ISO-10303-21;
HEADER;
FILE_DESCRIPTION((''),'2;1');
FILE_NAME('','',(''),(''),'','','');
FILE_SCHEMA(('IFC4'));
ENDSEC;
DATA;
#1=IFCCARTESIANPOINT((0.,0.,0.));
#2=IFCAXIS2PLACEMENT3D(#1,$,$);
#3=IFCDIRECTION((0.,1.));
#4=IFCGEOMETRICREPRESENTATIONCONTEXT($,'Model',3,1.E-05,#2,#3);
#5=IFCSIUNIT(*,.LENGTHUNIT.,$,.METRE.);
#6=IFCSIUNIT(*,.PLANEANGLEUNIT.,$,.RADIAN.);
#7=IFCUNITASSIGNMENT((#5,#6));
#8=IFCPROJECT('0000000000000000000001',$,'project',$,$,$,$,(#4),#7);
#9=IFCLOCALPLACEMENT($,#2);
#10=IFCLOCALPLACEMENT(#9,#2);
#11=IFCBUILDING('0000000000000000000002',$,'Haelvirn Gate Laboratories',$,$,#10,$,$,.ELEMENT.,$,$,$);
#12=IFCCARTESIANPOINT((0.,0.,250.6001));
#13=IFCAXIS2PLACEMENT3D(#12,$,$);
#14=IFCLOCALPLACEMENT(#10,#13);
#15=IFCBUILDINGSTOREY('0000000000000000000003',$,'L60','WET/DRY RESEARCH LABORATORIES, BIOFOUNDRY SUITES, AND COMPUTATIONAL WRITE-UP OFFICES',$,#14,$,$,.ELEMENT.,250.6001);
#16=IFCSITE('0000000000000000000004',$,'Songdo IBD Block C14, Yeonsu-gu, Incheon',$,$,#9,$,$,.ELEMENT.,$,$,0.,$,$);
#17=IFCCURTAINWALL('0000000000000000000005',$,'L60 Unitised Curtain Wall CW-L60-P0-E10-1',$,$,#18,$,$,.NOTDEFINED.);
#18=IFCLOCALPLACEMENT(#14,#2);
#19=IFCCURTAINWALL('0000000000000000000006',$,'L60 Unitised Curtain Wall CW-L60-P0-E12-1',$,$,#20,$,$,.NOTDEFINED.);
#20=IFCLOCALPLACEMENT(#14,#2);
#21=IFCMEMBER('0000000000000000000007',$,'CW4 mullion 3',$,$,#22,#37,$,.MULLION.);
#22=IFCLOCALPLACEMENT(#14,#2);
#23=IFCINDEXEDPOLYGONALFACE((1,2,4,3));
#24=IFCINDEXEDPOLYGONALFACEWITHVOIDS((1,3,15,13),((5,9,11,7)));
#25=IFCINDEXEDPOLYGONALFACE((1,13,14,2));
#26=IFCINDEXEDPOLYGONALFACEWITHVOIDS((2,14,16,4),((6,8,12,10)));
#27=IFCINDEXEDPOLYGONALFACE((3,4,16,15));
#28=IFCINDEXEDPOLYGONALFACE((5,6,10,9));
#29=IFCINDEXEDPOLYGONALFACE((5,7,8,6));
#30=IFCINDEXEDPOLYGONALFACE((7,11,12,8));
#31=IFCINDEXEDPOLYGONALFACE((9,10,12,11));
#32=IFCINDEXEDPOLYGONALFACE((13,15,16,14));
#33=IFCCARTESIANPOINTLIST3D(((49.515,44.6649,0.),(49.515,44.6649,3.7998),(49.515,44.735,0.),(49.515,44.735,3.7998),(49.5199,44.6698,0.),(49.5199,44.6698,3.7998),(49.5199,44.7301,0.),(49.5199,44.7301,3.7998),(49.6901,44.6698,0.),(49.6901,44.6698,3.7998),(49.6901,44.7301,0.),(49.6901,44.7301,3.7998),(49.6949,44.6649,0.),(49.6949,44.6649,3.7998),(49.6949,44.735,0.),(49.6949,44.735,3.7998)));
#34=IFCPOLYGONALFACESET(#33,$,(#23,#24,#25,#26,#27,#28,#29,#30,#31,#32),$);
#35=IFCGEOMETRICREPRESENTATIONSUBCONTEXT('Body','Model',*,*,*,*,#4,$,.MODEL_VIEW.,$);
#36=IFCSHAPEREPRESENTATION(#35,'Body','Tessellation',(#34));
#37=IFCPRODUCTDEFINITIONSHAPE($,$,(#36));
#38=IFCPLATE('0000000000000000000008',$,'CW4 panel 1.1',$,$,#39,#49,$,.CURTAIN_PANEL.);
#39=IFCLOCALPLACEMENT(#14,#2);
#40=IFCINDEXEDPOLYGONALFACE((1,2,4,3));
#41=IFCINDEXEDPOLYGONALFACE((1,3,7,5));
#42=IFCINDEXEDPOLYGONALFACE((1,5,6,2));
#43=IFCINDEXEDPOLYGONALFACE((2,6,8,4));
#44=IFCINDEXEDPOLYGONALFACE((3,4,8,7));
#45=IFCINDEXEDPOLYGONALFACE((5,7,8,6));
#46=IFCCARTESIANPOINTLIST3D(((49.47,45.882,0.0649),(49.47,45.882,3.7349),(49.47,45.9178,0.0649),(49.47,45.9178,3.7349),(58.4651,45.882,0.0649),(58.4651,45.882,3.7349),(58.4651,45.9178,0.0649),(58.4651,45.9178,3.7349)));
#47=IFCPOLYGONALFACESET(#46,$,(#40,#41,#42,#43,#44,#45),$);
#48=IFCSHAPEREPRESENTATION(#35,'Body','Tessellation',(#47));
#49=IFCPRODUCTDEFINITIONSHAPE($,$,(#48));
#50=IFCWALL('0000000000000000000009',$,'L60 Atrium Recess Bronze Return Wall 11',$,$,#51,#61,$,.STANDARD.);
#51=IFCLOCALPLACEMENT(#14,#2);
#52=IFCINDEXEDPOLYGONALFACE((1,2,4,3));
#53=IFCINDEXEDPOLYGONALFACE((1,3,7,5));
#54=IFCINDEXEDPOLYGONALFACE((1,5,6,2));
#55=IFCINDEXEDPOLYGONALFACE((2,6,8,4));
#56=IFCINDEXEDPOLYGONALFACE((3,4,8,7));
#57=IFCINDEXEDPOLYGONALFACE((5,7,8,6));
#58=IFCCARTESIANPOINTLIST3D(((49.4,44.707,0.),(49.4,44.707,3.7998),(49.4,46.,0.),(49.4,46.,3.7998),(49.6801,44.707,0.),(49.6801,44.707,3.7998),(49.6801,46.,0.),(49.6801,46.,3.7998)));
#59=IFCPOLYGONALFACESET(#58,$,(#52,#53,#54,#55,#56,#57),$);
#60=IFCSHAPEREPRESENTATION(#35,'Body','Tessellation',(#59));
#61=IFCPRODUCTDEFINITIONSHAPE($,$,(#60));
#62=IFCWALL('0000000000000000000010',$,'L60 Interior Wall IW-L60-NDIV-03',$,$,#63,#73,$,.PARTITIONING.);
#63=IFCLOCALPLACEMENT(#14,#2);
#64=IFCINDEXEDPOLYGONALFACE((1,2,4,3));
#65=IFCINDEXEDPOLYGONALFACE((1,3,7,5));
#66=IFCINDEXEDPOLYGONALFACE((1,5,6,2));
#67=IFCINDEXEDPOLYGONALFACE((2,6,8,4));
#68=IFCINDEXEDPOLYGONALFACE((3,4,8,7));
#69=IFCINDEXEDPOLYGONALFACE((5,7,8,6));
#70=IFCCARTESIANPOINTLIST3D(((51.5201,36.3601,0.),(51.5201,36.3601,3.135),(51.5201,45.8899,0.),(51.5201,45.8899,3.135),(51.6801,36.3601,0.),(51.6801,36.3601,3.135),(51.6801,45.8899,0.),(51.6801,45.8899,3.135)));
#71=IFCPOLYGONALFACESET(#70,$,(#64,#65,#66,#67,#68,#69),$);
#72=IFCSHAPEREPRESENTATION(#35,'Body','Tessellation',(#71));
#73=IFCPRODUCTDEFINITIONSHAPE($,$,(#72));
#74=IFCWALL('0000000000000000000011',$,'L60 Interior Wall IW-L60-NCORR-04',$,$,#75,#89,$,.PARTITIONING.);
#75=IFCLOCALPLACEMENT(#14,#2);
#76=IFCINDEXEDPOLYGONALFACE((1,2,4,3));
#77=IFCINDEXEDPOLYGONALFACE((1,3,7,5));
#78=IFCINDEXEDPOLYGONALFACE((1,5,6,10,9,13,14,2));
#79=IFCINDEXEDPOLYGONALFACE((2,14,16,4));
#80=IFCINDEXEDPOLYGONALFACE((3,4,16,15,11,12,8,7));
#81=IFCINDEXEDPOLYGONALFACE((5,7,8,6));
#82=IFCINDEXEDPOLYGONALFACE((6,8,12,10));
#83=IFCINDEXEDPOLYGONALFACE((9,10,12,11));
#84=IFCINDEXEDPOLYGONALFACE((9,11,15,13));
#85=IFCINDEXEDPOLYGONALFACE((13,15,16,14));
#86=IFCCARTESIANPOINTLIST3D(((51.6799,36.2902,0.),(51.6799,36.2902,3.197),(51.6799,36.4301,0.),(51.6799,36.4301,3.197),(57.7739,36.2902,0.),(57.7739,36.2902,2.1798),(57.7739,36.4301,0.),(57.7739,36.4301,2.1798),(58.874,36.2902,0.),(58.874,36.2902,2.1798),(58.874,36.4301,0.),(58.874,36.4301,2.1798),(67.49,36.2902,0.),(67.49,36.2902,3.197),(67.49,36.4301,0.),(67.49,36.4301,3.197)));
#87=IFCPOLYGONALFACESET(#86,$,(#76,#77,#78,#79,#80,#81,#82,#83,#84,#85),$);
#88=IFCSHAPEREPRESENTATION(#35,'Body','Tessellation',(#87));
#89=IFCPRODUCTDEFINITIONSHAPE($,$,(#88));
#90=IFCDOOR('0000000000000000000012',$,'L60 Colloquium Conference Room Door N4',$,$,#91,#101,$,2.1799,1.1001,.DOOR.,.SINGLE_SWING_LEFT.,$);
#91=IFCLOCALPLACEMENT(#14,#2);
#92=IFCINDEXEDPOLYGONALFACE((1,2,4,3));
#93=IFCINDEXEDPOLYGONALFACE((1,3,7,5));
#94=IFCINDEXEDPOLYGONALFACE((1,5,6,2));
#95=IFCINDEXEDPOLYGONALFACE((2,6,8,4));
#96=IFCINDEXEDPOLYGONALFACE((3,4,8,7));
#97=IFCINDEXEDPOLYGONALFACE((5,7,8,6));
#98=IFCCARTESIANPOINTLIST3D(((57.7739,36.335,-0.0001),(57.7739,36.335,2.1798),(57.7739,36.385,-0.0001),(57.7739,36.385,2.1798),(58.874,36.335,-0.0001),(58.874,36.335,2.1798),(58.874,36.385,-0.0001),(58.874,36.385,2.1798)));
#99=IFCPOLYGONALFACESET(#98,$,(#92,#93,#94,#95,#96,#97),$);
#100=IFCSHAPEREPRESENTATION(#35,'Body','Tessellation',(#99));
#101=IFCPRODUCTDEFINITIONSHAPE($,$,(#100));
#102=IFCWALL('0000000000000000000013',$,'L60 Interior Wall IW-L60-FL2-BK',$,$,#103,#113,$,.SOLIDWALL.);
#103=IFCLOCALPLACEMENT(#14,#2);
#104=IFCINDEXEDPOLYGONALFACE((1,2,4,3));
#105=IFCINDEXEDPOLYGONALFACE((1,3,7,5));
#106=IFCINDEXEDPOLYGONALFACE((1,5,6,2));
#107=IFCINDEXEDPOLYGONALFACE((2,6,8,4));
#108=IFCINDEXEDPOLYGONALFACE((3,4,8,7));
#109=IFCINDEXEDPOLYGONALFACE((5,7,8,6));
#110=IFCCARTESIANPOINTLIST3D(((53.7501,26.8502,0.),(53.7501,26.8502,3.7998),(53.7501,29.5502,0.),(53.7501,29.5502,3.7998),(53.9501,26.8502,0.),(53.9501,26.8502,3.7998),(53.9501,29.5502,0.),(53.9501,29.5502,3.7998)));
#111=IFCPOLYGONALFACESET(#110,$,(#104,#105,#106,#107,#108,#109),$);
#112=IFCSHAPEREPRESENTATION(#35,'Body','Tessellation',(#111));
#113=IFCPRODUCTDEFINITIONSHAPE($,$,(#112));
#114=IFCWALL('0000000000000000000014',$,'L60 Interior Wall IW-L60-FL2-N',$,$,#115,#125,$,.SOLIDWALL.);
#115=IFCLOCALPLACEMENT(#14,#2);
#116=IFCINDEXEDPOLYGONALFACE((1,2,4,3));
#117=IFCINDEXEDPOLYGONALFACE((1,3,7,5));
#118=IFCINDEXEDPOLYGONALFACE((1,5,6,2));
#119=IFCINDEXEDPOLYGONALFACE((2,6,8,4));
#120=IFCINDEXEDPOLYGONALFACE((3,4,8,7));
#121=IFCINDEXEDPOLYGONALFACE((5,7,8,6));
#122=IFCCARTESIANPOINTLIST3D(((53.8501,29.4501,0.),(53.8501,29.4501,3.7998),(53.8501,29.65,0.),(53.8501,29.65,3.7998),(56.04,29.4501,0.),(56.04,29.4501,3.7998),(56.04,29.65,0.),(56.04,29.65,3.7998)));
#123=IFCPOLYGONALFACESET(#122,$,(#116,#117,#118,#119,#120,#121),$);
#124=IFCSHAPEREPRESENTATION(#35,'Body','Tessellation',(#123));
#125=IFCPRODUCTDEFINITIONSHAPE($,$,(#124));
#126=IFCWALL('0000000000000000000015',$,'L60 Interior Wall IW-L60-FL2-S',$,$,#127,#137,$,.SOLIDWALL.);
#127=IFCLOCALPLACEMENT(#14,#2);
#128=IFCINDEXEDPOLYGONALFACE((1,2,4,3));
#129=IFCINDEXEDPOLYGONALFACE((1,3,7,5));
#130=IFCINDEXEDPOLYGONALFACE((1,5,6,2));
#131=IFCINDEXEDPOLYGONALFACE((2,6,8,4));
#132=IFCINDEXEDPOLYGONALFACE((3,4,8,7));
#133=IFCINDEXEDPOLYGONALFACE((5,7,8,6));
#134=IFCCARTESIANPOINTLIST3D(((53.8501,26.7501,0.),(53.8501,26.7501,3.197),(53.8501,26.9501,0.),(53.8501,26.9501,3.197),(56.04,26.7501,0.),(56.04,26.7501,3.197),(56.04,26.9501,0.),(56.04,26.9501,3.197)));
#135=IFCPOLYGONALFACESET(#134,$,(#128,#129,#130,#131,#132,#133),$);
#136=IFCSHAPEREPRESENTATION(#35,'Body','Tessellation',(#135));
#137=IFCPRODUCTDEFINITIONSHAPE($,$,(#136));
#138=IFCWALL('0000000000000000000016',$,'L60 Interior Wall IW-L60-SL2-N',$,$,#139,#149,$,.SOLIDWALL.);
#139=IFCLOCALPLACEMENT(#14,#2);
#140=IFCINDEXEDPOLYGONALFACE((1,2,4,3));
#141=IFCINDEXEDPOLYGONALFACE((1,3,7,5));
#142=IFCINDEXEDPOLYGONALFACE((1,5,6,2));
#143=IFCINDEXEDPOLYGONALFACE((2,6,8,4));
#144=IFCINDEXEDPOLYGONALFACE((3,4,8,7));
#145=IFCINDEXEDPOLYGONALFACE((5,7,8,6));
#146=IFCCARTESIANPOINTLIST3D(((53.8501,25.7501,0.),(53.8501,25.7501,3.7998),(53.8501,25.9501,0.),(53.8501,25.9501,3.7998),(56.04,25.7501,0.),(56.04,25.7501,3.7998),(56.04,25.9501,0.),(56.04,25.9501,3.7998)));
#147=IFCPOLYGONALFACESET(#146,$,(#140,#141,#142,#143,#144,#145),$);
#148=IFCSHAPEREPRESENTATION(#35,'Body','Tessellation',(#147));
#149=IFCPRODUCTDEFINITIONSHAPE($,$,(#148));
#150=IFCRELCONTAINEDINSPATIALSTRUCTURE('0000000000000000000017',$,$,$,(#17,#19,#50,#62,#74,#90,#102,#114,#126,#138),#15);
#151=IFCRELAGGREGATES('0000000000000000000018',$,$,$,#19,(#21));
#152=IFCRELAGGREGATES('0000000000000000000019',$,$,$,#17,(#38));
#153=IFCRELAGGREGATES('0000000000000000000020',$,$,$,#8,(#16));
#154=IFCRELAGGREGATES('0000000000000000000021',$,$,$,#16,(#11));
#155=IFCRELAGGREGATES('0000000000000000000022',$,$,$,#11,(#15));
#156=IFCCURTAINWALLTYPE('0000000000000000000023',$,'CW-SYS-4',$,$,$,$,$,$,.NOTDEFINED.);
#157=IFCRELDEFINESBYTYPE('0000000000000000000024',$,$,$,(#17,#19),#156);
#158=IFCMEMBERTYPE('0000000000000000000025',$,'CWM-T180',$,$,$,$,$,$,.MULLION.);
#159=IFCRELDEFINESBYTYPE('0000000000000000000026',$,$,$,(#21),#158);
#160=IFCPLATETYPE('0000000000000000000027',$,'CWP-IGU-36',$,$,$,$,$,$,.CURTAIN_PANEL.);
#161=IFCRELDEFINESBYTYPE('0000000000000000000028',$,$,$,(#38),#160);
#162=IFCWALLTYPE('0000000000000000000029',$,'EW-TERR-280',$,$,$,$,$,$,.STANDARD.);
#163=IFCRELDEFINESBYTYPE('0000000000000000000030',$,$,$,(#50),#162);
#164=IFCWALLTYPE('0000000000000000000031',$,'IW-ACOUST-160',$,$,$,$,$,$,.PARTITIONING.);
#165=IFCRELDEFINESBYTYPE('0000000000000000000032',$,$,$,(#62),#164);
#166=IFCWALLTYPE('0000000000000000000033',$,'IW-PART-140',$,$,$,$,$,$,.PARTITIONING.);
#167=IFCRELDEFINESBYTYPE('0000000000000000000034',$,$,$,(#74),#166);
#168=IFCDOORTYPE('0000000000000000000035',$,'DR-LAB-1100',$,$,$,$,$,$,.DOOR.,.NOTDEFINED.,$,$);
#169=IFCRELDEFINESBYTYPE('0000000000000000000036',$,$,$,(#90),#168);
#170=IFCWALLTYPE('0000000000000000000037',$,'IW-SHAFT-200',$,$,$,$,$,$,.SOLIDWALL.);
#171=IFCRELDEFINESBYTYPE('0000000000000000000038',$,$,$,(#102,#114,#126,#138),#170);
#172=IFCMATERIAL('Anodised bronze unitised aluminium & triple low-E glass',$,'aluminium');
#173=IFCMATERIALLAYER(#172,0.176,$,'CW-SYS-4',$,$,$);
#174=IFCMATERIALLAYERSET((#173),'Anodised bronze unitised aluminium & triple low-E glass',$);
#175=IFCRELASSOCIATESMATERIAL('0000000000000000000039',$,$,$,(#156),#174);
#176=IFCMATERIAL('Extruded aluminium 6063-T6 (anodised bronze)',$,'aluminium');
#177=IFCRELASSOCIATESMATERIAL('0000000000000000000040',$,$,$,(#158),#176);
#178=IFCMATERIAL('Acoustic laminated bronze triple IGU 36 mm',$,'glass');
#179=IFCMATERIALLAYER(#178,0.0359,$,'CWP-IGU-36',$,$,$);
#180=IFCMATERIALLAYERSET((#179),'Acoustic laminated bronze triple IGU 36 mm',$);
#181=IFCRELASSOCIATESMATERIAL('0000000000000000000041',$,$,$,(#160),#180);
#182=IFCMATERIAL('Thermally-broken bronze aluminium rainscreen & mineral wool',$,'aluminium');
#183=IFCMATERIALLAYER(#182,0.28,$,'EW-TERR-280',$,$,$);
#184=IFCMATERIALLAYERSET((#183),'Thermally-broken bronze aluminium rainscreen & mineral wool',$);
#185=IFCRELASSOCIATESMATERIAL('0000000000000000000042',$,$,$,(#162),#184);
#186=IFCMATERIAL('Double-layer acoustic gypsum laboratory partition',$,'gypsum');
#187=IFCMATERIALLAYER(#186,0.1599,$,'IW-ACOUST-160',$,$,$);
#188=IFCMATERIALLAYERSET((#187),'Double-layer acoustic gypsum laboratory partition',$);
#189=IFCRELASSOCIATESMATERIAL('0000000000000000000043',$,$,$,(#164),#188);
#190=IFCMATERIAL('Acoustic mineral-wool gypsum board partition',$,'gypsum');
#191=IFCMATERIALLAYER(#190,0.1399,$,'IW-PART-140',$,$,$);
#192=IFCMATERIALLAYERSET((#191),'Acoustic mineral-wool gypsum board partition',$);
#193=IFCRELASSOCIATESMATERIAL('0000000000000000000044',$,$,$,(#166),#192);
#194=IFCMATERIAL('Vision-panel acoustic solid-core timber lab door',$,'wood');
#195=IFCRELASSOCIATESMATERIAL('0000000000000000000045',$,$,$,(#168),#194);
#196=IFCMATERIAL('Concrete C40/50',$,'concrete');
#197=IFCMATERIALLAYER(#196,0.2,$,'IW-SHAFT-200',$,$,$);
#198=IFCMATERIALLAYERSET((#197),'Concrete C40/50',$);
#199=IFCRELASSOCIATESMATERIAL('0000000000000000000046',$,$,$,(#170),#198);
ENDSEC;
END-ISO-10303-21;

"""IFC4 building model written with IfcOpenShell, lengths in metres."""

from ifc_helpers import new_model, si_unit, direction, frame, frame_2d, origin, origin_2d, place, context, subcontext, project, spatial, rectangle, hollow_rectangle, extrude, source, transform, mapped, material, layer, layer_set, material_profile, profile_set, type_object, type_shapes, element, fill, aggregate, save


model = new_model("IFC4")

# Units and contexts
model_context = context("Model", 3, precision=1e-05, world=origin(), true_north=direction((0.0, 1.0)))
body_context = subcontext(model_context, "Body", "Model", "MODEL_VIEW")
ifc_project = project(units=[si_unit("LENGTHUNIT", "METRE"), si_unit("PLANEANGLEUNIT", "RADIAN")], contexts=[model_context])

# Site, building, storey
site_placement = place(None, origin())
site = spatial("IfcSite", under=ifc_project, at=site_placement, Name="Songdo IBD Block C14, Yeonsu-gu, Incheon", CompositionType="ELEMENT", RefElevation=0.0)
building_placement = place(site_placement, origin())
building = spatial("IfcBuilding", under=site, at=building_placement, Name="Haelvirn Gate Laboratories", CompositionType="ELEMENT")
storey_placement = place(building_placement, frame((0.0, 0.0, 250.6001)))
storey = spatial("IfcBuildingStorey", under=building, at=storey_placement, Name="L60", Description="WET/DRY RESEARCH LABORATORIES, BIOFOUNDRY SUITES, AND COMPUTATIONAL WRITE-UP OFFICES", CompositionType="ELEMENT", Elevation=250.6001)

# Curtain wall
ifc_material_1 = material(Name="Anodised bronze unitised aluminium & triple low-E glass", Category="aluminium")
ifc_layer_1 = layer(ifc_material_1, 0.176, Name="CW-SYS-4")
ifc_layer_set_1 = layer_set([ifc_layer_1], Name="Anodised bronze unitised aluminium & triple low-E glass")
curtain_wall_type = type_object("IfcCurtainWallType", Name="CW-SYS-4", PredefinedType="NOTDEFINED", material=ifc_layer_set_1)
curtain_wall_1_placement = place(storey_placement, origin())
curtain_wall_1 = element("IfcCurtainWall", 1, at=curtain_wall_1_placement, inside=storey, type_object=curtain_wall_type, Name="L60 Unitised Curtain Wall CW-L60-P0-E10-1", PredefinedType="NOTDEFINED")
ifc_material_2 = material(Name="Extruded aluminium 6063-T6 (anodised bronze)", Category="aluminium")
ifc_material_profile_1 = material_profile(ifc_material_2, hollow_rectangle(XDim=0.0701, YDim=0.1799, WallThickness=0.0049, at=origin_2d()), Name="CWM-180x70x5")
ifc_profile_set_1 = profile_set([ifc_material_profile_1], Name="Extruded aluminium 6063-T6 (anodised bronze)")
member_type_1 = type_object("IfcMemberType", Name="CWM-T180", PredefinedType="MULLION", material=ifc_profile_set_1)
shared_shape_1 = source(origin(), body_context, "Body", "SweptSolid", [
    extrude(hollow_rectangle(XDim=0.0701, YDim=0.1799, WallThickness=0.0049, at=origin_2d()), origin(), (0.0, 0.0, 1.0), 3.7998),
])
type_shapes(member_type_1, [shared_shape_1])

# Curtain wall, member
curtain_wall_2_placement = place(storey_placement, origin())
curtain_wall_2 = element("IfcCurtainWall", 2, at=curtain_wall_2_placement, inside=storey, type_object=curtain_wall_type, Name="L60 Unitised Curtain Wall CW-L60-P0-E12-1", PredefinedType="NOTDEFINED")
member_1_placement = place(storey_placement, frame((49.605, 44.7, 0.0), z_axis=(0.0, 0.0, 1.0), x_axis=(0.0, 1.0, 0.0)))
member_1 = element("IfcMember", 3, at=member_1_placement, type_object=member_type_1, Name="CW4 mullion 3", PredefinedType="MULLION", context=body_context, shape_type="MappedRepresentation", body=[
    mapped(shared_shape_1, transform((0.0, 0.0, 0.0), scale=1.0)),
])
aggregate(curtain_wall_2, [member_1])

# Plate
ifc_material_3 = material(Name="Acoustic laminated bronze triple IGU 36 mm", Category="glass")
ifc_layer_2 = layer(ifc_material_3, 0.0359, Name="CWP-IGU-36")
ifc_layer_set_2 = layer_set([ifc_layer_2], Name="Acoustic laminated bronze triple IGU 36 mm")
plate_type = type_object("IfcPlateType", Name="CWP-IGU-36", PredefinedType="CURTAIN_PANEL", material=ifc_layer_set_2)
shared_shape_2 = source(origin(), body_context, "Body", "SweptSolid", [
    extrude(rectangle(XDim=8.9951, YDim=0.0359, at=origin_2d()), origin(), (0.0, 0.0, 1.0), 3.6699),
])
type_shapes(plate_type, [shared_shape_2])
plate_placement = place(storey_placement, frame((53.9675, 45.8999, 0.0649), z_axis=(0.0, 0.0, 1.0), x_axis=(1.0, 0.0, 0.0)))
plate = element("IfcPlate", 4, at=plate_placement, type_object=plate_type, Name="CW4 panel 1.1", PredefinedType="CURTAIN_PANEL", context=body_context, shape_type="MappedRepresentation", body=[
    mapped(shared_shape_2, transform((0.0, 0.0, 0.0), scale=1.0)),
])
aggregate(curtain_wall_1, [plate])

# Walls
ifc_material_4 = material(Name="Thermally-broken bronze aluminium rainscreen & mineral wool", Category="aluminium")
ifc_layer_3 = layer(ifc_material_4, 0.28, Name="EW-TERR-280")
ifc_layer_set_3 = layer_set([ifc_layer_3], Name="Thermally-broken bronze aluminium rainscreen & mineral wool")
wall_type_1 = type_object("IfcWallType", Name="EW-TERR-280", PredefinedType="STANDARD", material=ifc_layer_set_3)
wall_1_placement = place(storey_placement, frame((49.54, 46.0, 0.0), z_axis=(0.0, 0.0, 1.0), x_axis=(0.0, -1.0, 0.0)))
element("IfcWall", 5, at=wall_1_placement, inside=storey, type_object=wall_type_1, Name="L60 Atrium Recess Bronze Return Wall 11", PredefinedType="STANDARD", context=body_context, shape_type="SweptSolid", body=[
    extrude(rectangle(XDim=1.293, YDim=0.28, at=frame_2d((0.6465, 0.0))), origin(), (0.0, 0.0, 1.0), 3.7998),
])
ifc_material_5 = material(Name="Double-layer acoustic gypsum laboratory partition", Category="gypsum")
ifc_layer_4 = layer(ifc_material_5, 0.1599, Name="IW-ACOUST-160")
ifc_layer_set_4 = layer_set([ifc_layer_4], Name="Double-layer acoustic gypsum laboratory partition")
wall_type_2 = type_object("IfcWallType", Name="IW-ACOUST-160", PredefinedType="PARTITIONING", material=ifc_layer_set_4)
wall_2_placement = place(storey_placement, frame((51.6001, 36.3601, 0.0), z_axis=(0.0, 0.0, 1.0), x_axis=(0.0, 1.0, 0.0)))
element("IfcWall", 6, at=wall_2_placement, inside=storey, type_object=wall_type_2, Name="L60 Interior Wall IW-L60-NDIV-03", PredefinedType="PARTITIONING", context=body_context, shape_type="SweptSolid", body=[
    extrude(rectangle(XDim=9.5298, YDim=0.1599, at=frame_2d((4.7649, 0.0))), origin(), (0.0, 0.0, 1.0), 3.135),
])

# Wall, opening, door
ifc_material_6 = material(Name="Acoustic mineral-wool gypsum board partition", Category="gypsum")
ifc_layer_5 = layer(ifc_material_6, 0.1399, Name="IW-PART-140")
ifc_layer_set_5 = layer_set([ifc_layer_5], Name="Acoustic mineral-wool gypsum board partition")
wall_type_3 = type_object("IfcWallType", Name="IW-PART-140", PredefinedType="PARTITIONING", material=ifc_layer_set_5)
wall_3_placement = place(storey_placement, frame((51.6799, 36.3601, 0.0), z_axis=(0.0, 0.0, 1.0), x_axis=(1.0, 0.0, 0.0)))
wall_3 = element("IfcWall", 7, at=wall_3_placement, inside=storey, type_object=wall_type_3, Name="L60 Interior Wall IW-L60-NCORR-04", PredefinedType="PARTITIONING", context=body_context, shape_type="SweptSolid", body=[
    extrude(rectangle(XDim=15.8101, YDim=0.1399, at=frame_2d((7.905, 0.0))), origin(), (0.0, 0.0, 1.0), 3.197),
])
opening_1_placement = place(wall_3_placement, frame((6.094, 0.0, 0.0)))
opening_1 = element("IfcOpeningElement", 8, at=opening_1_placement, cuts=wall_3, PredefinedType="OPENING", context=body_context, shape_type="SweptSolid", body=[
    extrude(rectangle(XDim=1.1001, YDim=2.1799, at=frame_2d((0.55, 1.0898))), frame((0.0, 0.0801, 0.0), z_axis=(0.0, -1.0, 0.0), x_axis=(1.0, 0.0, 0.0)), (0.0, 0.0, 1.0), 0.1599),
])
ifc_material_7 = material(Name="Vision-panel acoustic solid-core timber lab door", Category="wood")
door_type_1 = type_object("IfcDoorType", Name="DR-LAB-1100", OperationType="NOTDEFINED", PredefinedType="DOOR", material=ifc_material_7)
shared_shape_3 = source(origin(), body_context, "Body", "SweptSolid", [
    extrude(rectangle(XDim=1.1001, YDim=2.1799, at=frame_2d((0.55, 1.0898))), frame((0.0, 0.0249, 0.0), z_axis=(0.0, -1.0, 0.0), x_axis=(1.0, 0.0, 0.0)), (0.0, 0.0, 1.0), 0.05),
])
type_shapes(door_type_1, [shared_shape_3])
door_1_placement = place(opening_1_placement, origin())
door_1 = element("IfcDoor", 9, at=door_1_placement, inside=storey, type_object=door_type_1, Name="L60 Colloquium Conference Room Door N4", OperationType="SINGLE_SWING_LEFT", OverallHeight=2.1799, OverallWidth=1.1001, PredefinedType="DOOR", context=body_context, shape_type="MappedRepresentation", body=[
    mapped(shared_shape_3, transform((0.0, 0.0, 0.0), scale=1.0)),
])
fill(opening_1, door_1)

# Walls
ifc_material_8 = material(Name="Concrete C40/50", Category="concrete")
ifc_layer_6 = layer(ifc_material_8, 0.2, Name="IW-SHAFT-200")
ifc_layer_set_6 = layer_set([ifc_layer_6], Name="Concrete C40/50")
wall_type_4 = type_object("IfcWallType", Name="IW-SHAFT-200", PredefinedType="SOLIDWALL", material=ifc_layer_set_6)
wall_4_placement = place(storey_placement, frame((53.8501, 26.8501, 0.0), z_axis=(0.0, 0.0, 1.0), x_axis=(0.0, 1.0, 0.0)))
element("IfcWall", 10, at=wall_4_placement, inside=storey, type_object=wall_type_4, Name="L60 Interior Wall IW-L60-FL2-BK", PredefinedType="SOLIDWALL", context=body_context, shape_type="SweptSolid", body=[
    extrude(rectangle(XDim=2.7, YDim=0.2, at=frame_2d((1.3501, 0.0))), origin(), (0.0, 0.0, 1.0), 3.7998),
])
wall_5_placement = place(storey_placement, frame((53.8501, 29.55, 0.0), z_axis=(0.0, 0.0, 1.0), x_axis=(1.0, 0.0, 0.0)))
element("IfcWall", 11, at=wall_5_placement, inside=storey, type_object=wall_type_4, Name="L60 Interior Wall IW-L60-FL2-N", PredefinedType="SOLIDWALL", context=body_context, shape_type="SweptSolid", body=[
    extrude(rectangle(XDim=2.1899, YDim=0.2, at=frame_2d((1.095, 0.0))), origin(), (0.0, 0.0, 1.0), 3.7998),
])
wall_6_placement = place(storey_placement, frame((53.8501, 26.8501, 0.0), z_axis=(0.0, 0.0, 1.0), x_axis=(1.0, 0.0, 0.0)))
element("IfcWall", 12, at=wall_6_placement, inside=storey, type_object=wall_type_4, Name="L60 Interior Wall IW-L60-FL2-S", PredefinedType="SOLIDWALL", context=body_context, shape_type="SweptSolid", body=[
    extrude(rectangle(XDim=2.1899, YDim=0.2, at=frame_2d((1.095, 0.0))), origin(), (0.0, 0.0, 1.0), 3.197),
])
wall_7_placement = place(storey_placement, frame((53.8501, 25.8501, 0.0), z_axis=(0.0, 0.0, 1.0), x_axis=(1.0, 0.0, 0.0)))
element("IfcWall", 13, at=wall_7_placement, inside=storey, type_object=wall_type_4, Name="L60 Interior Wall IW-L60-SL2-N", PredefinedType="SOLIDWALL", context=body_context, shape_type="SweptSolid", body=[
    extrude(rectangle(XDim=2.1899, YDim=0.2, at=frame_2d((1.095, 0.0))), origin(), (0.0, 0.0, 1.0), 3.7998),
])

save(model, "model.ifc")
